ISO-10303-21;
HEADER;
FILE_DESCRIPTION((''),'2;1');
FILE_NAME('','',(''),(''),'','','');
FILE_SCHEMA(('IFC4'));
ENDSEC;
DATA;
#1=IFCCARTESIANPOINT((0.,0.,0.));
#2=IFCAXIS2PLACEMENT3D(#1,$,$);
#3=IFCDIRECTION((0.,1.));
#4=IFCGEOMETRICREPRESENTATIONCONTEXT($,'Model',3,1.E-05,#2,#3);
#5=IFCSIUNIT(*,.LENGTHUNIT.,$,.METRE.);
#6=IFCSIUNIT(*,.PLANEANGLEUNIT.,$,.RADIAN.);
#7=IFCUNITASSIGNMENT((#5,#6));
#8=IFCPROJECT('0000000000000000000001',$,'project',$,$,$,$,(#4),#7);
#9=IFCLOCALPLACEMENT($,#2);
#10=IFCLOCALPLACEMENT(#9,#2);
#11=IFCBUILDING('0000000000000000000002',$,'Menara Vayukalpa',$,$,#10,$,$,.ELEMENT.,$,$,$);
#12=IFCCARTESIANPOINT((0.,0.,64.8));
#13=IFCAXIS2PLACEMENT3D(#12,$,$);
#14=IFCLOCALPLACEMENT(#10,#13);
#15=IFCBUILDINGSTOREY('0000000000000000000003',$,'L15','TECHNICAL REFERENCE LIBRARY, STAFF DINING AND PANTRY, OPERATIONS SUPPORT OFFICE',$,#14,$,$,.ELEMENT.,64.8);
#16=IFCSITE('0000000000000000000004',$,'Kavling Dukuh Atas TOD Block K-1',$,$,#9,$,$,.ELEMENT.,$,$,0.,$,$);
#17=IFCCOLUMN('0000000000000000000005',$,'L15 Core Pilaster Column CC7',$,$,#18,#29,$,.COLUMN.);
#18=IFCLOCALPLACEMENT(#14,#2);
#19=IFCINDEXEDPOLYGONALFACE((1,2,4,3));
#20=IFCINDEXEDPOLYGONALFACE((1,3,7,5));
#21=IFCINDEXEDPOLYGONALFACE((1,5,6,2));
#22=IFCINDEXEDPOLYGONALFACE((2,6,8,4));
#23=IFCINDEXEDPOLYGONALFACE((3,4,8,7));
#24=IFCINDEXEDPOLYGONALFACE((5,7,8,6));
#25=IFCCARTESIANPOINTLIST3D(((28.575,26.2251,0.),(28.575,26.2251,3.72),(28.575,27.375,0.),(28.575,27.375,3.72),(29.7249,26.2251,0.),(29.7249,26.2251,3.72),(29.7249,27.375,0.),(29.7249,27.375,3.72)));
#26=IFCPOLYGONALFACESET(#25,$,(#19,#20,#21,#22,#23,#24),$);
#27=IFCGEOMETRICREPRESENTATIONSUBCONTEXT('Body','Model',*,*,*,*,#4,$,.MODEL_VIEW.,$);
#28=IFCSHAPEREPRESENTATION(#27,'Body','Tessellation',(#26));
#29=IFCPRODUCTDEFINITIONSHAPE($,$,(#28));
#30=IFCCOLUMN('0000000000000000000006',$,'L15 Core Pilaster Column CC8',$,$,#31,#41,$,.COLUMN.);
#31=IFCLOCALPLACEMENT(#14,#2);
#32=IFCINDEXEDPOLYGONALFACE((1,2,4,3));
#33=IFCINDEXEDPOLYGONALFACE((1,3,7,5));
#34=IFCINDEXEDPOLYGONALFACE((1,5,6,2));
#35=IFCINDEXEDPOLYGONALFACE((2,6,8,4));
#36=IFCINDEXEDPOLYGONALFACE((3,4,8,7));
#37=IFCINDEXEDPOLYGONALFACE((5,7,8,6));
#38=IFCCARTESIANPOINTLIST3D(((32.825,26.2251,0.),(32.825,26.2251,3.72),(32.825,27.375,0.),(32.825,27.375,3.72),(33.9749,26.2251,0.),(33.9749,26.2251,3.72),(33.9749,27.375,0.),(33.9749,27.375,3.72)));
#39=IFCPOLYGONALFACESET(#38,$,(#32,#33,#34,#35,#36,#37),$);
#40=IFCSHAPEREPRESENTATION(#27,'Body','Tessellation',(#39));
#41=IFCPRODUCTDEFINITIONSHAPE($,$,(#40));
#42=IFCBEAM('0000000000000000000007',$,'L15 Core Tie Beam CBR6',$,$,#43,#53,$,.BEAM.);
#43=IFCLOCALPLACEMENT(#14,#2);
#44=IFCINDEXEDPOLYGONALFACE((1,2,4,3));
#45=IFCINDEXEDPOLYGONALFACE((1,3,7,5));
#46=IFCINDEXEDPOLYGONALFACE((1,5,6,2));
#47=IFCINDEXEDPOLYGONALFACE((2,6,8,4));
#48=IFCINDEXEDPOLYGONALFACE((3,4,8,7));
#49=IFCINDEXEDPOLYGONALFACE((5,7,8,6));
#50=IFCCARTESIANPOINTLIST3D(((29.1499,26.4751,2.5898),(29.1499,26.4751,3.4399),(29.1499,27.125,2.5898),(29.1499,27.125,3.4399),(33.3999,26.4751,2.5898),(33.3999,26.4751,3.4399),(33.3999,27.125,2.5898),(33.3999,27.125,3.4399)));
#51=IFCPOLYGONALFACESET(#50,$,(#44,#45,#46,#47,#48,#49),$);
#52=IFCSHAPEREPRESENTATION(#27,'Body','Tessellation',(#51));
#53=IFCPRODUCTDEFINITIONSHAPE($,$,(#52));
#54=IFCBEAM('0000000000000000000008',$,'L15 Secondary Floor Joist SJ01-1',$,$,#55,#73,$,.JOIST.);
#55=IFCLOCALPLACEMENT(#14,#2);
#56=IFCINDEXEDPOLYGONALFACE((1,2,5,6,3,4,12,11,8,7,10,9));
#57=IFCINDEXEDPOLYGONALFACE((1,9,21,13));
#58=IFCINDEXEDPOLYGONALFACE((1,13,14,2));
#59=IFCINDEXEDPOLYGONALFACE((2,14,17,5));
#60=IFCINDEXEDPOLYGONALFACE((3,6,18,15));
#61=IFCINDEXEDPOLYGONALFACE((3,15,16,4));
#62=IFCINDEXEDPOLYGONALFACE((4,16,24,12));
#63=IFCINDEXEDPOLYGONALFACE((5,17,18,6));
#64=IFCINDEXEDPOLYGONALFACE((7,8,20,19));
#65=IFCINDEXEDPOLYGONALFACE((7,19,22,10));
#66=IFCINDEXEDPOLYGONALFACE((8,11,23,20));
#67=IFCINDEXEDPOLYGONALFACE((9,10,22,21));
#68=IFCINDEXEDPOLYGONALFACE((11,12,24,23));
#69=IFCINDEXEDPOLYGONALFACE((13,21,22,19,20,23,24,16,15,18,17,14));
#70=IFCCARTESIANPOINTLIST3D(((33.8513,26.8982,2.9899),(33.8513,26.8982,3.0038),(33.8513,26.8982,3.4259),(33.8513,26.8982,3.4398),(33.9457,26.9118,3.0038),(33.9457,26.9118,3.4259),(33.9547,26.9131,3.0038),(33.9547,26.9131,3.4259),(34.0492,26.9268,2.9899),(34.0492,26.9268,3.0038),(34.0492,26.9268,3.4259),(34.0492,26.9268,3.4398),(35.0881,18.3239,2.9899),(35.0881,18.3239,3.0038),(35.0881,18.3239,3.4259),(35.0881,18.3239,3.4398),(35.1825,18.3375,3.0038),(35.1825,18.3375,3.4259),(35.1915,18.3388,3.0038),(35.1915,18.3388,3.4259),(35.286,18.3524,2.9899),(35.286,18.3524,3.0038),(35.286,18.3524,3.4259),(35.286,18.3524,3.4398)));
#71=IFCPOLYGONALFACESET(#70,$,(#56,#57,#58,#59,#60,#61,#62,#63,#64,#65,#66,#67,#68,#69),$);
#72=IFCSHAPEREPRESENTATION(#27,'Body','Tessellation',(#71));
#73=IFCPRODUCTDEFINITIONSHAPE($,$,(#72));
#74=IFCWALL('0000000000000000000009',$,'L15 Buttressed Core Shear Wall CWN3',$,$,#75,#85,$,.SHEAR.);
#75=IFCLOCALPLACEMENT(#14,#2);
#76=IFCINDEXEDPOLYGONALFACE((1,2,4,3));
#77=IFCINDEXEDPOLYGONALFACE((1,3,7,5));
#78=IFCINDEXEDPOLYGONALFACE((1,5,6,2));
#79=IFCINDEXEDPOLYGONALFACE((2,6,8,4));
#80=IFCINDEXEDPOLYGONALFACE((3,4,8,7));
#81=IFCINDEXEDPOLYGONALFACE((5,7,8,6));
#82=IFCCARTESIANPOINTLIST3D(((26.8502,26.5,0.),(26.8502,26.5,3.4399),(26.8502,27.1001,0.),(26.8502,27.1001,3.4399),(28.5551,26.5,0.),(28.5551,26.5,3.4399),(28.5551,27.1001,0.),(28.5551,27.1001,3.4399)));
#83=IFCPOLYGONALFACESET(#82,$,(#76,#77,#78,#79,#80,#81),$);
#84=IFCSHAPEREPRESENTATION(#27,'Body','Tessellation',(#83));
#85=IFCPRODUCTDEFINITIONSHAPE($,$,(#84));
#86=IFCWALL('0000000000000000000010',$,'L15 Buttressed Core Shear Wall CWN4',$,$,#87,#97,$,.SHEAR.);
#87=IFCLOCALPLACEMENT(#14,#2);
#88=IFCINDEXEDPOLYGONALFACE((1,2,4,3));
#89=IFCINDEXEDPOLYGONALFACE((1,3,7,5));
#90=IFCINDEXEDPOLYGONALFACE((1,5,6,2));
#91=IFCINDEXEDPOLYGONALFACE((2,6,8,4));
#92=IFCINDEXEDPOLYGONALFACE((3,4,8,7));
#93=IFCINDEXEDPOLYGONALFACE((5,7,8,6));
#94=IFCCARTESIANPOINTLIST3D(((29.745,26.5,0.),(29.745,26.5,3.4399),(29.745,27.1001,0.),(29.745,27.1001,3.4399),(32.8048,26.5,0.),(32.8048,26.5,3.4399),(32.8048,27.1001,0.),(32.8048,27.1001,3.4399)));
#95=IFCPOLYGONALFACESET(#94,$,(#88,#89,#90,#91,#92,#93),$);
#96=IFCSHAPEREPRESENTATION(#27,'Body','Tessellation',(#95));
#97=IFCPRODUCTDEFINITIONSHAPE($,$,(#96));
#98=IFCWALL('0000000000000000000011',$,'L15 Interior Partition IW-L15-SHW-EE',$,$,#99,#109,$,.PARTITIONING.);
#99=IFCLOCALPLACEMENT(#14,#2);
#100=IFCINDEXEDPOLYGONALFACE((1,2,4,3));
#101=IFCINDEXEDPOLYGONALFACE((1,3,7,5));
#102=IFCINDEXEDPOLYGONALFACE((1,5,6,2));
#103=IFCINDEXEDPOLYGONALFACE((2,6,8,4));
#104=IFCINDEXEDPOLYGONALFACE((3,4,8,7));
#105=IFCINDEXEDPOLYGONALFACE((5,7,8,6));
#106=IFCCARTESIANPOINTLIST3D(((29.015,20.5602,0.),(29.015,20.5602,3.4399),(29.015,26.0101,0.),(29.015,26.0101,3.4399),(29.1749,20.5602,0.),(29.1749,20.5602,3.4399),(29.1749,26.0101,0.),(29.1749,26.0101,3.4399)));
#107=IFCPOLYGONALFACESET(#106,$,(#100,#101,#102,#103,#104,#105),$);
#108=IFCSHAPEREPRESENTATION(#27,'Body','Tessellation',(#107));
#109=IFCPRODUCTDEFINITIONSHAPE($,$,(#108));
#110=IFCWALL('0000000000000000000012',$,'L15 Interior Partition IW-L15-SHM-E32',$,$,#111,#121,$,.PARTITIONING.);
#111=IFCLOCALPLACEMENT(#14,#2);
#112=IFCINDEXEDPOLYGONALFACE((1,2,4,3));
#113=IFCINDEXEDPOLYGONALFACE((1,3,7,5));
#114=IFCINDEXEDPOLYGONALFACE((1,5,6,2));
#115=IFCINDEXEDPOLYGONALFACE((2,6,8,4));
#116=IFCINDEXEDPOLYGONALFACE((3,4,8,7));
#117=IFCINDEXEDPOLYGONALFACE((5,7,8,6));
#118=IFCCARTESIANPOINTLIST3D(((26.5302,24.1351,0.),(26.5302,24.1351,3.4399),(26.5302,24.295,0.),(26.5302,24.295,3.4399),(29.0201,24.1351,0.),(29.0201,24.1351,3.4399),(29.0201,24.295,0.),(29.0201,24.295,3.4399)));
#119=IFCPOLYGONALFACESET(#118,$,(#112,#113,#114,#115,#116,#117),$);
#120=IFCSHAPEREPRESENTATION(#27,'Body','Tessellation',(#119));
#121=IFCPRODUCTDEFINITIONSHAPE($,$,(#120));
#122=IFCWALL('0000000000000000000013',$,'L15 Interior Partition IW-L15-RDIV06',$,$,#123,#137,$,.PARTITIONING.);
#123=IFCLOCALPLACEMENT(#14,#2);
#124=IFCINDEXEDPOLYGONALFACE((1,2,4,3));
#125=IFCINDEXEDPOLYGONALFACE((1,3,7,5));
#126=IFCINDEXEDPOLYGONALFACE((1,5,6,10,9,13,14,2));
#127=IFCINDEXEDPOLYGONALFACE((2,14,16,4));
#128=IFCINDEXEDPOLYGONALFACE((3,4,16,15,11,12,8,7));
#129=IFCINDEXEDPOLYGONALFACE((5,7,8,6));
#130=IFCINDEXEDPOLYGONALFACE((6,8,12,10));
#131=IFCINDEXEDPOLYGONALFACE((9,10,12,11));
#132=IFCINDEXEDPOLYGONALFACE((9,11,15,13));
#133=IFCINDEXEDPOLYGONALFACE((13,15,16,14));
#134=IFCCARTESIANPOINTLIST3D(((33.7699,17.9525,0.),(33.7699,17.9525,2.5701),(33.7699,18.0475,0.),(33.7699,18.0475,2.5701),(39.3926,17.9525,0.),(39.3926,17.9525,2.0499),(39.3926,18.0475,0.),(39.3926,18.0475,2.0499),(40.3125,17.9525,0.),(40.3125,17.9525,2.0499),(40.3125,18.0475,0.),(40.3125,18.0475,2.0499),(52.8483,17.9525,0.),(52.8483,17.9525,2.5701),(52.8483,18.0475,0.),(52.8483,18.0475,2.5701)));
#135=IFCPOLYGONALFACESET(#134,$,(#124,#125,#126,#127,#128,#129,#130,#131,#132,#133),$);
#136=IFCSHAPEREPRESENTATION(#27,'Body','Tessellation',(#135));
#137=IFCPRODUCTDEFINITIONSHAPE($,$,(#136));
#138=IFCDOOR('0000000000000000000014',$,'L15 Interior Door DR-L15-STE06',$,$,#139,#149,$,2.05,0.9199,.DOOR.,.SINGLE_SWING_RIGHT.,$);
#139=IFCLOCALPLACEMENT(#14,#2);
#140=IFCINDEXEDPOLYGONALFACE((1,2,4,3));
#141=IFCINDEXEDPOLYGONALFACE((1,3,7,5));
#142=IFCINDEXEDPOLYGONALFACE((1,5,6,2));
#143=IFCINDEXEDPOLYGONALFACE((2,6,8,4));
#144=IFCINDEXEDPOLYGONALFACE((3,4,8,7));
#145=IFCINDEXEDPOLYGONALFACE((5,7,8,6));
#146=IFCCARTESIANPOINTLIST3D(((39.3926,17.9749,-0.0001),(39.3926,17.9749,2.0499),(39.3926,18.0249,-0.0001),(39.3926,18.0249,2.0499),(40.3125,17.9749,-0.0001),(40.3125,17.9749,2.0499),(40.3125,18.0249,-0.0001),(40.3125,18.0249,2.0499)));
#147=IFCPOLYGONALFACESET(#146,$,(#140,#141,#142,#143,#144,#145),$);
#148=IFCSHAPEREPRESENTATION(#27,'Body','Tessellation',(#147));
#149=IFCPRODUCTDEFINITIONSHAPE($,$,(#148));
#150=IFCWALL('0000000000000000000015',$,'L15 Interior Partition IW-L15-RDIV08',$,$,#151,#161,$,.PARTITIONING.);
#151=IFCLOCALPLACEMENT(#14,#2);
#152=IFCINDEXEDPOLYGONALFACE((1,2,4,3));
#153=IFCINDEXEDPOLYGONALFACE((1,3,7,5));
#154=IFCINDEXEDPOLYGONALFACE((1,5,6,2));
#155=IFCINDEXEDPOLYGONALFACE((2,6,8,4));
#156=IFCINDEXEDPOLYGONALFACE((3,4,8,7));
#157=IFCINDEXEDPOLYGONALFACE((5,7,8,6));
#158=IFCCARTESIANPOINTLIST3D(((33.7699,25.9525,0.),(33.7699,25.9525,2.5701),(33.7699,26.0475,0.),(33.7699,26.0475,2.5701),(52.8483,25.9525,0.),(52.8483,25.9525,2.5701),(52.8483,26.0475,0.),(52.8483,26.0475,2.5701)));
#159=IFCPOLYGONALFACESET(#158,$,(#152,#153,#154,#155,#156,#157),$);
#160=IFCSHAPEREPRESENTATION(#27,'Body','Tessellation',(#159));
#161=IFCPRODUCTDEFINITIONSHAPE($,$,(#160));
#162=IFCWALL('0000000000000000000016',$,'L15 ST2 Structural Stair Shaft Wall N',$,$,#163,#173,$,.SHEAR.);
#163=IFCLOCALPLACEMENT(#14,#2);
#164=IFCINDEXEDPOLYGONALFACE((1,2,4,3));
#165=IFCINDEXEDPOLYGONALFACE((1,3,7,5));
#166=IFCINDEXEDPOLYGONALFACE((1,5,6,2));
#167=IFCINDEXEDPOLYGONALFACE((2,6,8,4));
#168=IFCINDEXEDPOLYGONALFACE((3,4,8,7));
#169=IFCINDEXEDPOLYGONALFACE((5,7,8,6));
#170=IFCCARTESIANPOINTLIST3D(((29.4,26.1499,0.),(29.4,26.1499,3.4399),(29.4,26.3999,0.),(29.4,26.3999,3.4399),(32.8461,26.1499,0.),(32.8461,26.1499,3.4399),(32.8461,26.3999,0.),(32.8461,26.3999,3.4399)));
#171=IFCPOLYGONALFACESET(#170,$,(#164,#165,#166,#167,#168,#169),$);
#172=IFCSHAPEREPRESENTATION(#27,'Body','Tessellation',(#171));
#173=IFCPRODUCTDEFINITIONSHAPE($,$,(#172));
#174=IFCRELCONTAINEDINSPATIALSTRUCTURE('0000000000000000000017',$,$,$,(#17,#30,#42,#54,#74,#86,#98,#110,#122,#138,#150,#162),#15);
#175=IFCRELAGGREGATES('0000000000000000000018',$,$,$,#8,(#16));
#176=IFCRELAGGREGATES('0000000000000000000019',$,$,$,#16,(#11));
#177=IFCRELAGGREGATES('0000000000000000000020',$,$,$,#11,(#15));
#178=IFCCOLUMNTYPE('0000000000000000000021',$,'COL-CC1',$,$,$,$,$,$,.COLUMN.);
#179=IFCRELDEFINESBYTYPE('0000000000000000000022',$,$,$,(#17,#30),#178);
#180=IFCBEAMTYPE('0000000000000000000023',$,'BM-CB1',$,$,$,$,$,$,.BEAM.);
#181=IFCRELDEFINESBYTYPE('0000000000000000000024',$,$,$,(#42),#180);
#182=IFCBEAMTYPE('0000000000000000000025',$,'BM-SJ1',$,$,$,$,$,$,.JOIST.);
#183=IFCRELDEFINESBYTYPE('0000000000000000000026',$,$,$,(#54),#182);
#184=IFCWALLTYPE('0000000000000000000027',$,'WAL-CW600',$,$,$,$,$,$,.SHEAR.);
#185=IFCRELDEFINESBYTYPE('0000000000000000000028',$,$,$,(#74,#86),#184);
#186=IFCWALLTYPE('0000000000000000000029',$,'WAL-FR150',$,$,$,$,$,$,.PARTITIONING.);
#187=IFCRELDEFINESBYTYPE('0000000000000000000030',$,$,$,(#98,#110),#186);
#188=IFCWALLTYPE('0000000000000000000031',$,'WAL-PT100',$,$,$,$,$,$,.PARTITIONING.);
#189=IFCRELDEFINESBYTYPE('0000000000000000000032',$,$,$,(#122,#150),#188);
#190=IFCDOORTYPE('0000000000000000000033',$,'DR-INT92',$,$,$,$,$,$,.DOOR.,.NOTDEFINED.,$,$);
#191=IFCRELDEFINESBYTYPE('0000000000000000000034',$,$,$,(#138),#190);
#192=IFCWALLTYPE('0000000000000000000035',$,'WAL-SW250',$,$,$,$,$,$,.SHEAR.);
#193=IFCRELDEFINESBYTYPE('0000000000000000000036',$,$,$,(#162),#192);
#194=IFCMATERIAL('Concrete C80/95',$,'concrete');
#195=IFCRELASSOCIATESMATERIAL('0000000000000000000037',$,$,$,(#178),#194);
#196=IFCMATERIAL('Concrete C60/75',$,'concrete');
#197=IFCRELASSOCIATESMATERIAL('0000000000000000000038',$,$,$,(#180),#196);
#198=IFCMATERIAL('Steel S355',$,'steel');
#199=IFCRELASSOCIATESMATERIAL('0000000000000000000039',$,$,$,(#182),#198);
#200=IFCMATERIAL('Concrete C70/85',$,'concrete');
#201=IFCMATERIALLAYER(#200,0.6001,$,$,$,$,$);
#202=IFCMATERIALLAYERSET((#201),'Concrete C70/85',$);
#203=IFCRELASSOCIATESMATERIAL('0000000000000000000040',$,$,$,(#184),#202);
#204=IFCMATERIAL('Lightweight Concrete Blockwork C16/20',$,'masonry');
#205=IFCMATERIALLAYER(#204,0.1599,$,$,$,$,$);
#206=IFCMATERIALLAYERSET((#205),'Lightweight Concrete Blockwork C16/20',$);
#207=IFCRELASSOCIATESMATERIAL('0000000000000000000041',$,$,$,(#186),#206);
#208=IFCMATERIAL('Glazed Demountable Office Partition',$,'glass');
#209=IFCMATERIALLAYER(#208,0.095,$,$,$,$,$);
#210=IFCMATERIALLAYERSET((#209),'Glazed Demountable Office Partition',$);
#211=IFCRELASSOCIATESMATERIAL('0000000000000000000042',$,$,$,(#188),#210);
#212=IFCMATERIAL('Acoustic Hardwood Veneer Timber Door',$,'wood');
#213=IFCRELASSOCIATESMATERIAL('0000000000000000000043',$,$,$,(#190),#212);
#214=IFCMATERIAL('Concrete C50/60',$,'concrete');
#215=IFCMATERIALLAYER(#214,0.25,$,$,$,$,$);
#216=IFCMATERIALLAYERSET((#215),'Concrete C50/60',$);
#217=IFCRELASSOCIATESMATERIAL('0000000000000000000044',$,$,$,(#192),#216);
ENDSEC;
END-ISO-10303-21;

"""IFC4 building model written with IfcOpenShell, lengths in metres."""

from ifc_helpers import new_model, si_unit, direction, frame, frame_2d, origin, origin_2d, place, context, subcontext, project, spatial, rectangle, i_section, extrude, material, layer, layer_set, material_profile, profile_set, type_object, element, fill, save


model = new_model("IFC4")

# Units and contexts
model_context = context("Model", 3, precision=1e-05, world=origin(), true_north=direction((0.0, 1.0)))
body_context = subcontext(model_context, "Body", "Model", "MODEL_VIEW")
ifc_project = project(units=[si_unit("LENGTHUNIT", "METRE"), si_unit("PLANEANGLEUNIT", "RADIAN")], contexts=[model_context])

# Site, building, storey
site_placement = place(None, origin())
site = spatial("IfcSite", under=ifc_project, at=site_placement, Name="Kavling Dukuh Atas TOD Block K-1", CompositionType="ELEMENT", RefElevation=0.0)
building_placement = place(site_placement, origin())
building = spatial("IfcBuilding", under=site, at=building_placement, Name="Menara Vayukalpa", CompositionType="ELEMENT")
storey_placement = place(building_placement, frame((0.0, 0.0, 64.8)))
storey = spatial("IfcBuildingStorey", under=building, at=storey_placement, Name="L15", Description="TECHNICAL REFERENCE LIBRARY, STAFF DINING AND PANTRY, OPERATIONS SUPPORT OFFICE", CompositionType="ELEMENT", Elevation=64.8)

# Columns
ifc_material_1 = material(Name="Concrete C80/95", Category="concrete")
ifc_material_profile_1 = material_profile(ifc_material_1, rectangle(XDim=1.1499, YDim=1.1499, at=origin_2d()), Name="RC 1150x1150")
ifc_profile_set_1 = profile_set([ifc_material_profile_1], Name="Concrete C80/95")
column_type = type_object("IfcColumnType", Name="COL-CC1", PredefinedType="COLUMN", material=ifc_profile_set_1)
for number, where, z_axis, x_axis, name in (
    (1, (29.1499, 26.8, 0.0), (0.0, 0.0, 1.0), (1.0, 0.0, 0.0), "L15 Core Pilaster Column CC7"),
    (2, (33.3999, 26.8, 0.0), (0.0, 0.0, 1.0), (1.0, 0.0, 0.0), "L15 Core Pilaster Column CC8"),
):
    element("IfcColumn", number, at=place(storey_placement, frame(where, z_axis=z_axis, x_axis=x_axis)), inside=storey, type_object=column_type, Name=name, PredefinedType="COLUMN", context=body_context, shape_type="SweptSolid", body=[
        extrude(rectangle(XDim=1.1499, YDim=1.1499, at=origin_2d()), origin(), (0.0, 0.0, 1.0), 3.72),
    ])

# Beams
ifc_material_2 = material(Name="Concrete C60/75", Category="concrete")
ifc_material_profile_2 = material_profile(ifc_material_2, rectangle(XDim=0.6499, YDim=0.8501, at=origin_2d()), Name="RC 650x850")
ifc_profile_set_2 = profile_set([ifc_material_profile_2], Name="Concrete C60/75")
beam_type_1 = type_object("IfcBeamType", Name="BM-CB1", PredefinedType="BEAM", material=ifc_profile_set_2)
beam_1_placement = place(storey_placement, frame((29.1499, 26.8, 3.0149), z_axis=(1.0, 0.0, 0.0), x_axis=(0.0, 1.0, 0.0)))
element("IfcBeam", 3, at=beam_1_placement, inside=storey, type_object=beam_type_1, Name="L15 Core Tie Beam CBR6", PredefinedType="BEAM", context=body_context, shape_type="SweptSolid", body=[
    extrude(rectangle(XDim=0.6499, YDim=0.8501, at=origin_2d()), origin(), (0.0, 0.0, 1.0), 4.25),
])
ifc_material_3 = material(Name="Steel S355", Category="steel")
ifc_material_profile_3 = material_profile(ifc_material_3, i_section(OverallWidth=0.2, OverallDepth=0.45, WebThickness=0.009, FlangeThickness=0.0139, at=origin_2d()), Name="WF 450x200x9x14")
ifc_profile_set_3 = profile_set([ifc_material_profile_3], Name="Steel S355")
beam_type_2 = type_object("IfcBeamType", Name="BM-SJ1", PredefinedType="JOIST", material=ifc_profile_set_3)
beam_2_placement = place(storey_placement, frame((35.187, 18.3381, 3.2148), z_axis=(-0.142767, 0.989756, 0.0), x_axis=(-0.989756, -0.142767, 0.0)))
element("IfcBeam", 4, at=beam_2_placement, inside=storey, type_object=beam_type_2, Name="L15 Secondary Floor Joist SJ01-1", PredefinedType="JOIST", context=body_context, shape_type="SweptSolid", body=[
    extrude(i_section(OverallWidth=0.2, OverallDepth=0.45, WebThickness=0.009, FlangeThickness=0.0139, at=origin_2d()), origin(), (0.0, 0.0, 1.0), 8.6631),
])

# Walls
ifc_material_4 = material(Name="Concrete C70/85", Category="concrete")
ifc_layer_1 = layer(ifc_material_4, 0.6001)
ifc_layer_set_1 = layer_set([ifc_layer_1], Name="Concrete C70/85")
wall_type_1 = type_object("IfcWallType", Name="WAL-CW600", PredefinedType="SHEAR", material=ifc_layer_set_1)
wall_1_placement = place(storey_placement, frame((26.8501, 26.8, 0.0), z_axis=(0.0, 0.0, 1.0), x_axis=(1.0, 0.0, 0.0)))
element("IfcWall", 5, at=wall_1_placement, inside=storey, type_object=wall_type_1, Name="L15 Buttressed Core Shear Wall CWN3", PredefinedType="SHEAR", context=body_context, shape_type="SweptSolid", body=[
    extrude(rectangle(XDim=1.7048, YDim=0.6001, at=frame_2d((0.8525, 0.0))), origin(), (0.0, 0.0, 1.0), 3.4399),
])
wall_2_placement = place(storey_placement, frame((29.7451, 26.8, 0.0), z_axis=(0.0, 0.0, 1.0), x_axis=(1.0, 0.0, 0.0)))
element("IfcWall", 6, at=wall_2_placement, inside=storey, type_object=wall_type_1, Name="L15 Buttressed Core Shear Wall CWN4", PredefinedType="SHEAR", context=body_context, shape_type="SweptSolid", body=[
    extrude(rectangle(XDim=3.0598, YDim=0.6001, at=frame_2d((1.5298, 0.0))), origin(), (0.0, 0.0, 1.0), 3.4399),
])
ifc_material_5 = material(Name="Lightweight Concrete Blockwork C16/20", Category="masonry")
ifc_layer_2 = layer(ifc_material_5, 0.1599)
ifc_layer_set_2 = layer_set([ifc_layer_2], Name="Lightweight Concrete Blockwork C16/20")
wall_type_2 = type_object("IfcWallType", Name="WAL-FR150", PredefinedType="PARTITIONING", material=ifc_layer_set_2)
wall_3_placement = place(storey_placement, frame((29.095, 20.5601, 0.0), z_axis=(0.0, 0.0, 1.0), x_axis=(0.0, 1.0, 0.0)))
element("IfcWall", 7, at=wall_3_placement, inside=storey, type_object=wall_type_2, Name="L15 Interior Partition IW-L15-SHW-EE", PredefinedType="PARTITIONING", context=body_context, shape_type="SweptSolid", body=[
    extrude(rectangle(XDim=5.45, YDim=0.1599, at=frame_2d((2.7251, 0.0))), origin(), (0.0, 0.0, 1.0), 3.4399),
])
wall_4_placement = place(storey_placement, frame((26.53, 24.2151, 0.0), z_axis=(0.0, 0.0, 1.0), x_axis=(1.0, 0.0, 0.0)))
element("IfcWall", 8, at=wall_4_placement, inside=storey, type_object=wall_type_2, Name="L15 Interior Partition IW-L15-SHM-E32", PredefinedType="PARTITIONING", context=body_context, shape_type="SweptSolid", body=[
    extrude(rectangle(XDim=2.49, YDim=0.1599, at=frame_2d((1.2451, 0.0))), origin(), (0.0, 0.0, 1.0), 3.4399),
])

# Wall, opening, door
ifc_material_6 = material(Name="Glazed Demountable Office Partition", Category="glass")
ifc_layer_3 = layer(ifc_material_6, 0.095)
ifc_layer_set_3 = layer_set([ifc_layer_3], Name="Glazed Demountable Office Partition")
wall_type_3 = type_object("IfcWallType", Name="WAL-PT100", PredefinedType="PARTITIONING", material=ifc_layer_set_3)
wall_5_placement = place(storey_placement, frame((33.77, 18.0, 0.0), z_axis=(0.0, 0.0, 1.0), x_axis=(1.0, 0.0, 0.0)))
wall_5 = element("IfcWall", 9, at=wall_5_placement, inside=storey, type_object=wall_type_3, Name="L15 Interior Partition IW-L15-RDIV06", PredefinedType="PARTITIONING", context=body_context, shape_type="SweptSolid", body=[
    extrude(rectangle(XDim=19.0784, YDim=0.095, at=frame_2d((9.5391, 0.0))), origin(), (0.0, 0.0, 1.0), 2.5701),
])
opening_placement = place(wall_5_placement, frame((5.6226, 0.0, 0.0)))
opening = element("IfcOpeningElement", 10, at=opening_placement, cuts=wall_5, PredefinedType="OPENING", context=body_context, shape_type="SweptSolid", body=[
    extrude(rectangle(XDim=0.9199, YDim=2.05, at=frame_2d((0.46, 1.0249))), frame((0.0, 0.0574, 0.0), z_axis=(0.0, -1.0, 0.0), x_axis=(1.0, 0.0, 0.0)), (0.0, 0.0, 1.0), 0.115),
])
ifc_material_7 = material(Name="Acoustic Hardwood Veneer Timber Door", Category="wood")
door_type = type_object("IfcDoorType", Name="DR-INT92", OperationType="NOTDEFINED", PredefinedType="DOOR", material=ifc_material_7)
door_placement = place(opening_placement, origin())
door = element("IfcDoor", 11, at=door_placement, inside=storey, type_object=door_type, Name="L15 Interior Door DR-L15-STE06", OperationType="SINGLE_SWING_RIGHT", OverallHeight=2.05, OverallWidth=0.9199, PredefinedType="DOOR", context=body_context, shape_type="SweptSolid", body=[
    extrude(rectangle(XDim=0.9199, YDim=2.05, at=frame_2d((0.46, 1.0249))), frame((0.0, 0.0249, 0.0), z_axis=(0.0, -1.0, 0.0), x_axis=(1.0, 0.0, 0.0)), (0.0, 0.0, 1.0), 0.05),
])
fill(opening, door)

# Walls
wall_6_placement = place(storey_placement, frame((33.77, 26.0, 0.0), z_axis=(0.0, 0.0, 1.0), x_axis=(1.0, 0.0, 0.0)))
element("IfcWall", 12, at=wall_6_placement, inside=storey, type_object=wall_type_3, Name="L15 Interior Partition IW-L15-RDIV08", PredefinedType="PARTITIONING", context=body_context, shape_type="SweptSolid", body=[
    extrude(rectangle(XDim=19.0784, YDim=0.095, at=frame_2d((9.5391, 0.0))), origin(), (0.0, 0.0, 1.0), 2.5701),
])
ifc_material_8 = material(Name="Concrete C50/60", Category="concrete")
ifc_layer_4 = layer(ifc_material_8, 0.25)
ifc_layer_set_4 = layer_set([ifc_layer_4], Name="Concrete C50/60")
wall_type_4 = type_object("IfcWallType", Name="WAL-SW250", PredefinedType="SHEAR", material=ifc_layer_set_4)
wall_7_placement = place(storey_placement, frame((29.3999, 26.2749, 0.0), z_axis=(0.0, 0.0, 1.0), x_axis=(1.0, 0.0, 0.0)))
element("IfcWall", 13, at=wall_7_placement, inside=storey, type_object=wall_type_4, Name="L15 ST2 Structural Stair Shaft Wall N", PredefinedType="SHEAR", context=body_context, shape_type="SweptSolid", body=[
    extrude(rectangle(XDim=3.446, YDim=0.25, at=frame_2d((1.7231, 0.0))), origin(), (0.0, 0.0, 1.0), 3.4399),
])

save(model, "model.ifc")
